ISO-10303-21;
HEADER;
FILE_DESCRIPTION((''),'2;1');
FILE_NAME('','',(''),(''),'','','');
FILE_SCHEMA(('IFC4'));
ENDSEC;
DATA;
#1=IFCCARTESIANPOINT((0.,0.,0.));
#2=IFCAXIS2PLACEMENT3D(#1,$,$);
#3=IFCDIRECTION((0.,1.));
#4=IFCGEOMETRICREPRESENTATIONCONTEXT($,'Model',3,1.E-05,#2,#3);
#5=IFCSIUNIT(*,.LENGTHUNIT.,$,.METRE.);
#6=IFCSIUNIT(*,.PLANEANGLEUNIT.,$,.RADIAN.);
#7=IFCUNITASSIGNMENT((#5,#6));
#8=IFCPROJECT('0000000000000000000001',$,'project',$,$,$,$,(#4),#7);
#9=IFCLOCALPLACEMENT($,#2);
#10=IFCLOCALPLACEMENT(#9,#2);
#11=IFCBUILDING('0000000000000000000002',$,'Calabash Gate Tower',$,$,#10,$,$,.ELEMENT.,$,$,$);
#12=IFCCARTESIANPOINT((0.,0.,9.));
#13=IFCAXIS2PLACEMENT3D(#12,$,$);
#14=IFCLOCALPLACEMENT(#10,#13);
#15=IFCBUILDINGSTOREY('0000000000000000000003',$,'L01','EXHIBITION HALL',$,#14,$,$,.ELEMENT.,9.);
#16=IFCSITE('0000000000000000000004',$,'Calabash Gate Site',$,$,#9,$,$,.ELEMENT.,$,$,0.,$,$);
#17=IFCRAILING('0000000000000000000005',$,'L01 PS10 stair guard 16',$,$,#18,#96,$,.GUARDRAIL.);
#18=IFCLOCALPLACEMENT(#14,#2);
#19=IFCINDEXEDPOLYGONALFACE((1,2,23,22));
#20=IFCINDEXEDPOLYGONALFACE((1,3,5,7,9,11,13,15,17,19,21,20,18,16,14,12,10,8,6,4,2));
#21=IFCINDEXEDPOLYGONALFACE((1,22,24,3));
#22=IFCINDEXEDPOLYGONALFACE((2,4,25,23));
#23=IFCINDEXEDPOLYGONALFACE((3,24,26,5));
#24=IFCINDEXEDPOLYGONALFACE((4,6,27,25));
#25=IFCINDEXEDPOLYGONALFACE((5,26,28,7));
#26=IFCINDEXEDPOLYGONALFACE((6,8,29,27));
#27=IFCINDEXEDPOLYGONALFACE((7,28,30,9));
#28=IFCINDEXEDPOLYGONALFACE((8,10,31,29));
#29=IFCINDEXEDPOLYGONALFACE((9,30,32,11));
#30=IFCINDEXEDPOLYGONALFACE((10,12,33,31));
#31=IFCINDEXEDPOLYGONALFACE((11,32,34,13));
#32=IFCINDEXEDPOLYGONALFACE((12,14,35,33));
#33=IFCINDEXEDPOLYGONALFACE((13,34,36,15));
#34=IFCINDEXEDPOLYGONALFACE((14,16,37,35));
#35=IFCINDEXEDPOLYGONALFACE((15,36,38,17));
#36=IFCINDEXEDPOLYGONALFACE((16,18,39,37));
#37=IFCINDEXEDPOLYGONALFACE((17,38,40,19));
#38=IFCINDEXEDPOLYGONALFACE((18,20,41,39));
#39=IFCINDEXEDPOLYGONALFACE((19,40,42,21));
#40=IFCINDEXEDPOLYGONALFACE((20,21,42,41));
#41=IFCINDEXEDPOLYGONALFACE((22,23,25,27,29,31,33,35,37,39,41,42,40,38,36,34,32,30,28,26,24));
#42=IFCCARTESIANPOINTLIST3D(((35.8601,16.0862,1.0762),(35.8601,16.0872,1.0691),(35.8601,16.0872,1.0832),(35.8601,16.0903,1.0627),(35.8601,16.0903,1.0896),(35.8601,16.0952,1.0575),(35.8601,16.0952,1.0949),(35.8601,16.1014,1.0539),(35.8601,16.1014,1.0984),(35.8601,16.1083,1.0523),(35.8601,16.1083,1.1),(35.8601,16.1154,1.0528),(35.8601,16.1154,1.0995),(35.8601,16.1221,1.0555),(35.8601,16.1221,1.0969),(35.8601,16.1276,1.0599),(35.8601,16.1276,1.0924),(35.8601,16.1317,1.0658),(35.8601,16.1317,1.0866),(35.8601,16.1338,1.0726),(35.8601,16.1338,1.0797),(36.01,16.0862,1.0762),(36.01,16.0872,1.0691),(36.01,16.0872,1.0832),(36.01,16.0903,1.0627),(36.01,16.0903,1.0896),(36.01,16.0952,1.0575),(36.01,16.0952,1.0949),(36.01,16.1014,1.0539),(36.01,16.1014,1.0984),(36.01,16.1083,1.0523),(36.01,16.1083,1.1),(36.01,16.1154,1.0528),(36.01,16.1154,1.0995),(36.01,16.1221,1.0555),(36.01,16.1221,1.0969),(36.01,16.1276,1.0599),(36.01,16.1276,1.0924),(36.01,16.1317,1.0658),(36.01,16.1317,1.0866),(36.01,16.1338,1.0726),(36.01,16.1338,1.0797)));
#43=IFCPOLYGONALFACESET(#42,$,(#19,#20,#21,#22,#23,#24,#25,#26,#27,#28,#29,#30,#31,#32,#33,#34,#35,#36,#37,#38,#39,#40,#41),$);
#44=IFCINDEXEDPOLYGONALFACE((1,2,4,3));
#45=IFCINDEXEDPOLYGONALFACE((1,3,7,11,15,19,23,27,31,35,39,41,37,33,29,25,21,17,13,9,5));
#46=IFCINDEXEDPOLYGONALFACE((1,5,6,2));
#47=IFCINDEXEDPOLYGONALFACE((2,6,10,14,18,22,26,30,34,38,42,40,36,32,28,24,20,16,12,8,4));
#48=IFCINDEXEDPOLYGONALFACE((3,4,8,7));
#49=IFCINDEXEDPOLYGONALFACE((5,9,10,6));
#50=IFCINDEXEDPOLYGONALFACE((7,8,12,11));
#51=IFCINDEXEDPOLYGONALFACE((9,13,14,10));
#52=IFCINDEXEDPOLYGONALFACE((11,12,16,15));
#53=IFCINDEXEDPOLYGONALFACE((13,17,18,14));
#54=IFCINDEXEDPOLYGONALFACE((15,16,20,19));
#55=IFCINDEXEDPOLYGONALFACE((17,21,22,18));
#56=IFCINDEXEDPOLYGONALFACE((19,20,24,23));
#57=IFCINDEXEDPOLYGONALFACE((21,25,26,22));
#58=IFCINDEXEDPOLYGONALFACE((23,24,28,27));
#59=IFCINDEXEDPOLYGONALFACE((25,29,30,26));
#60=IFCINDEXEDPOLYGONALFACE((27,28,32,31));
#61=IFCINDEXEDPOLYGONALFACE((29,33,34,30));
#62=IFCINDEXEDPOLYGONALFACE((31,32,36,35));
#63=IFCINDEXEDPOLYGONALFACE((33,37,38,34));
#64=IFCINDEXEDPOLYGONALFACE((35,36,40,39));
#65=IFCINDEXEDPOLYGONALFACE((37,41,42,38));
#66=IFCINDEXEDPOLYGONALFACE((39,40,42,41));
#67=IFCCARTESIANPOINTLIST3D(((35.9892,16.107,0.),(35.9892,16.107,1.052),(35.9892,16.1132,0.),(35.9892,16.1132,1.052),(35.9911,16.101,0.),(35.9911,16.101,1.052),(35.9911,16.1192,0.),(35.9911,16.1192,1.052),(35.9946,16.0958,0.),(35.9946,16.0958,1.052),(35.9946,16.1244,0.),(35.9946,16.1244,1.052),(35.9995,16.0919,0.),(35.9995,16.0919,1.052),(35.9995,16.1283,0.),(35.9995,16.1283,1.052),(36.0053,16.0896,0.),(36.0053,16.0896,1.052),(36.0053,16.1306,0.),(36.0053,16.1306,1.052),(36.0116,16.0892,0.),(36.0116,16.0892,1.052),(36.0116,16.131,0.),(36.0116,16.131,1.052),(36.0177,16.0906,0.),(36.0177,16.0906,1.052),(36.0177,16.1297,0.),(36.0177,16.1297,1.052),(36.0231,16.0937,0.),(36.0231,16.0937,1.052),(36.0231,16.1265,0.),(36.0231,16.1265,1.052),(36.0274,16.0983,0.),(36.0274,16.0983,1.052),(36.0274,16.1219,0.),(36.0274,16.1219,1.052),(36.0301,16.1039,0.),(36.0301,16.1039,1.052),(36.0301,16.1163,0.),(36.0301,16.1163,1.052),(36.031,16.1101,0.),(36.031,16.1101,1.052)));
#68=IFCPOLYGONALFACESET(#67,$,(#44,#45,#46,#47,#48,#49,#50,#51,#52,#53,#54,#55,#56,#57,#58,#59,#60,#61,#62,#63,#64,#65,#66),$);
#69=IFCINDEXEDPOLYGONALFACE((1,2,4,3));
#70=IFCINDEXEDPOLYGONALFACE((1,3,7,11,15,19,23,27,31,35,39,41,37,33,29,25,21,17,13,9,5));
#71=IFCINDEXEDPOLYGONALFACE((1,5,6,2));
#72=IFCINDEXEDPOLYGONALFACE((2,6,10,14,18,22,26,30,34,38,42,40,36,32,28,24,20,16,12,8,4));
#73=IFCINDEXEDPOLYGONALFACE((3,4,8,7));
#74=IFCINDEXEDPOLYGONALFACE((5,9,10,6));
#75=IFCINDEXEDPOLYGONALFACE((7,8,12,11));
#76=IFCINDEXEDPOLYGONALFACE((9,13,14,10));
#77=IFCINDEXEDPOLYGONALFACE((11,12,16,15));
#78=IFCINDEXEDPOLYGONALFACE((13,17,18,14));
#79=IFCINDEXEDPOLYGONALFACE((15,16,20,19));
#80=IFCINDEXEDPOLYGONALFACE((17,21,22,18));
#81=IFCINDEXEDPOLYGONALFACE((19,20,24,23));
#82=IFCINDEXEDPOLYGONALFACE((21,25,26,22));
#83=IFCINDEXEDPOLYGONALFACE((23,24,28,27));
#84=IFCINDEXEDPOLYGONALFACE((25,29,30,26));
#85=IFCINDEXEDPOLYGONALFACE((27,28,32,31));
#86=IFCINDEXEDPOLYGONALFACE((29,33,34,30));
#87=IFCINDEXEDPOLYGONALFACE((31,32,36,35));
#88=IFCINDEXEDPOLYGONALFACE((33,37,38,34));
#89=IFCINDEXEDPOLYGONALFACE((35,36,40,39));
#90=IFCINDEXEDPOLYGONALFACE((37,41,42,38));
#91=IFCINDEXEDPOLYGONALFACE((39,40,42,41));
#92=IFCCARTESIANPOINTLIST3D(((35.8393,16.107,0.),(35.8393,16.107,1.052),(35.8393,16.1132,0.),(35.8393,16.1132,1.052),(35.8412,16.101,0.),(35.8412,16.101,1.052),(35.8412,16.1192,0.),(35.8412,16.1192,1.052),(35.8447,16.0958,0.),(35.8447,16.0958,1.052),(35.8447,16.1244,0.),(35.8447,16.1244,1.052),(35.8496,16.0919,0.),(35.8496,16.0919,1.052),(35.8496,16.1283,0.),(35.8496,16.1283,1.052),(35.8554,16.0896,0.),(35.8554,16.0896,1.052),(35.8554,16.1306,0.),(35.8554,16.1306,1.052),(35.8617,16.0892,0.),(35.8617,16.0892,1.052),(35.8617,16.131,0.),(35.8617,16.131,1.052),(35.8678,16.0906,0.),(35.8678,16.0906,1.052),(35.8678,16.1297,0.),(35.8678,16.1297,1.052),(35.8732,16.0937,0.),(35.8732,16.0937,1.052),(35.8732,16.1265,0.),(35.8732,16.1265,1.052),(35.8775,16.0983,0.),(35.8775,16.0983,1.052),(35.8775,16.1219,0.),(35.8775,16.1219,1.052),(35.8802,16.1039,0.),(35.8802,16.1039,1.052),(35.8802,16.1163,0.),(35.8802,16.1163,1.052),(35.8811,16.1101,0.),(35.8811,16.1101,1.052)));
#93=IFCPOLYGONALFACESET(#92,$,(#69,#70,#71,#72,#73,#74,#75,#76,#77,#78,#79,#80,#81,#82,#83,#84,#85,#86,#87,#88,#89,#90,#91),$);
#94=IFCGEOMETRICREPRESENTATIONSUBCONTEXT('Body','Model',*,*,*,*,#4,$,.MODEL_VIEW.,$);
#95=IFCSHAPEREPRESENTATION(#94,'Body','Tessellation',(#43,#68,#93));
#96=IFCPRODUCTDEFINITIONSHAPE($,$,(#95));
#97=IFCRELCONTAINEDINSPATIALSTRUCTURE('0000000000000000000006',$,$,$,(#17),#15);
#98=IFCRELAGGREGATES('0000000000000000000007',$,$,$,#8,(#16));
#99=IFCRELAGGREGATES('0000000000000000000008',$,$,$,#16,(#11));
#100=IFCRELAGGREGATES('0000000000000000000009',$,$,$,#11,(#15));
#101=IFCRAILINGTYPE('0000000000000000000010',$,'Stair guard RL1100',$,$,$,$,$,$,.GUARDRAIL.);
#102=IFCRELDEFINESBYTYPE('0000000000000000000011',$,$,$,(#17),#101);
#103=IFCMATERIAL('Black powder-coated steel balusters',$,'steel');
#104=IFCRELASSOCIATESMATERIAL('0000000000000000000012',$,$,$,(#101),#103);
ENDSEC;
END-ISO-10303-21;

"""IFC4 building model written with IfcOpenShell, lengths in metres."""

from ifc_helpers import new_model, si_unit, direction, frame, origin, origin_2d, place, context, subcontext, project, spatial, circle, extrude, material, type_object, element, save


model = new_model("IFC4")

# Units and contexts
model_context = context("Model", 3, precision=1e-05, world=origin(), true_north=direction((0.0, 1.0)))
body_context = subcontext(model_context, "Body", "Model", "MODEL_VIEW")
ifc_project = project(units=[si_unit("LENGTHUNIT", "METRE"), si_unit("PLANEANGLEUNIT", "RADIAN")], contexts=[model_context])

# Site, building, storey
site_placement = place(None, origin())
site = spatial("IfcSite", under=ifc_project, at=site_placement, Name="Calabash Gate Site", CompositionType="ELEMENT", RefElevation=0.0)
building_placement = place(site_placement, origin())
building = spatial("IfcBuilding", under=site, at=building_placement, Name="Calabash Gate Tower", CompositionType="ELEMENT")
storey_placement = place(building_placement, frame((0.0, 0.0, 9.0)))
storey = spatial("IfcBuildingStorey", under=building, at=storey_placement, Name="L01", Description="EXHIBITION HALL", CompositionType="ELEMENT", Elevation=9.0)

# Railing
ifc_material_1 = material(Name="Black powder-coated steel balusters", Category="steel")
railing_type = type_object("IfcRailingType", Name="Stair guard RL1100", PredefinedType="GUARDRAIL", material=ifc_material_1)
for number, where, name in (
    (1, (36.01, 16.1101, 0.0), "L01 PS10 stair guard 16"),
):
    element("IfcRailing", number, at=place(storey_placement, frame(where)), inside=storey, type_object=railing_type, Name=name, PredefinedType="GUARDRAIL", context=body_context, shape_type="SweptSolid", body=[
        extrude(circle(Radius=0.0239, at=origin_2d()), frame((0.0, 0.0, 1.0762), z_axis=(-1.0, 0.0, 0.0), x_axis=(0.0, -1.0, 0.0)), (0.0, 0.0, 1.0), 0.1499),
        extrude(circle(Radius=0.021, at=origin_2d()), origin(), (0.0, 0.0, 1.0), 1.052),
        extrude(circle(Radius=0.021, at=origin_2d()), frame((-0.1499, 0.0, 0.0)), (0.0, 0.0, 1.0), 1.052),
    ])

save(model, "model.ifc")
